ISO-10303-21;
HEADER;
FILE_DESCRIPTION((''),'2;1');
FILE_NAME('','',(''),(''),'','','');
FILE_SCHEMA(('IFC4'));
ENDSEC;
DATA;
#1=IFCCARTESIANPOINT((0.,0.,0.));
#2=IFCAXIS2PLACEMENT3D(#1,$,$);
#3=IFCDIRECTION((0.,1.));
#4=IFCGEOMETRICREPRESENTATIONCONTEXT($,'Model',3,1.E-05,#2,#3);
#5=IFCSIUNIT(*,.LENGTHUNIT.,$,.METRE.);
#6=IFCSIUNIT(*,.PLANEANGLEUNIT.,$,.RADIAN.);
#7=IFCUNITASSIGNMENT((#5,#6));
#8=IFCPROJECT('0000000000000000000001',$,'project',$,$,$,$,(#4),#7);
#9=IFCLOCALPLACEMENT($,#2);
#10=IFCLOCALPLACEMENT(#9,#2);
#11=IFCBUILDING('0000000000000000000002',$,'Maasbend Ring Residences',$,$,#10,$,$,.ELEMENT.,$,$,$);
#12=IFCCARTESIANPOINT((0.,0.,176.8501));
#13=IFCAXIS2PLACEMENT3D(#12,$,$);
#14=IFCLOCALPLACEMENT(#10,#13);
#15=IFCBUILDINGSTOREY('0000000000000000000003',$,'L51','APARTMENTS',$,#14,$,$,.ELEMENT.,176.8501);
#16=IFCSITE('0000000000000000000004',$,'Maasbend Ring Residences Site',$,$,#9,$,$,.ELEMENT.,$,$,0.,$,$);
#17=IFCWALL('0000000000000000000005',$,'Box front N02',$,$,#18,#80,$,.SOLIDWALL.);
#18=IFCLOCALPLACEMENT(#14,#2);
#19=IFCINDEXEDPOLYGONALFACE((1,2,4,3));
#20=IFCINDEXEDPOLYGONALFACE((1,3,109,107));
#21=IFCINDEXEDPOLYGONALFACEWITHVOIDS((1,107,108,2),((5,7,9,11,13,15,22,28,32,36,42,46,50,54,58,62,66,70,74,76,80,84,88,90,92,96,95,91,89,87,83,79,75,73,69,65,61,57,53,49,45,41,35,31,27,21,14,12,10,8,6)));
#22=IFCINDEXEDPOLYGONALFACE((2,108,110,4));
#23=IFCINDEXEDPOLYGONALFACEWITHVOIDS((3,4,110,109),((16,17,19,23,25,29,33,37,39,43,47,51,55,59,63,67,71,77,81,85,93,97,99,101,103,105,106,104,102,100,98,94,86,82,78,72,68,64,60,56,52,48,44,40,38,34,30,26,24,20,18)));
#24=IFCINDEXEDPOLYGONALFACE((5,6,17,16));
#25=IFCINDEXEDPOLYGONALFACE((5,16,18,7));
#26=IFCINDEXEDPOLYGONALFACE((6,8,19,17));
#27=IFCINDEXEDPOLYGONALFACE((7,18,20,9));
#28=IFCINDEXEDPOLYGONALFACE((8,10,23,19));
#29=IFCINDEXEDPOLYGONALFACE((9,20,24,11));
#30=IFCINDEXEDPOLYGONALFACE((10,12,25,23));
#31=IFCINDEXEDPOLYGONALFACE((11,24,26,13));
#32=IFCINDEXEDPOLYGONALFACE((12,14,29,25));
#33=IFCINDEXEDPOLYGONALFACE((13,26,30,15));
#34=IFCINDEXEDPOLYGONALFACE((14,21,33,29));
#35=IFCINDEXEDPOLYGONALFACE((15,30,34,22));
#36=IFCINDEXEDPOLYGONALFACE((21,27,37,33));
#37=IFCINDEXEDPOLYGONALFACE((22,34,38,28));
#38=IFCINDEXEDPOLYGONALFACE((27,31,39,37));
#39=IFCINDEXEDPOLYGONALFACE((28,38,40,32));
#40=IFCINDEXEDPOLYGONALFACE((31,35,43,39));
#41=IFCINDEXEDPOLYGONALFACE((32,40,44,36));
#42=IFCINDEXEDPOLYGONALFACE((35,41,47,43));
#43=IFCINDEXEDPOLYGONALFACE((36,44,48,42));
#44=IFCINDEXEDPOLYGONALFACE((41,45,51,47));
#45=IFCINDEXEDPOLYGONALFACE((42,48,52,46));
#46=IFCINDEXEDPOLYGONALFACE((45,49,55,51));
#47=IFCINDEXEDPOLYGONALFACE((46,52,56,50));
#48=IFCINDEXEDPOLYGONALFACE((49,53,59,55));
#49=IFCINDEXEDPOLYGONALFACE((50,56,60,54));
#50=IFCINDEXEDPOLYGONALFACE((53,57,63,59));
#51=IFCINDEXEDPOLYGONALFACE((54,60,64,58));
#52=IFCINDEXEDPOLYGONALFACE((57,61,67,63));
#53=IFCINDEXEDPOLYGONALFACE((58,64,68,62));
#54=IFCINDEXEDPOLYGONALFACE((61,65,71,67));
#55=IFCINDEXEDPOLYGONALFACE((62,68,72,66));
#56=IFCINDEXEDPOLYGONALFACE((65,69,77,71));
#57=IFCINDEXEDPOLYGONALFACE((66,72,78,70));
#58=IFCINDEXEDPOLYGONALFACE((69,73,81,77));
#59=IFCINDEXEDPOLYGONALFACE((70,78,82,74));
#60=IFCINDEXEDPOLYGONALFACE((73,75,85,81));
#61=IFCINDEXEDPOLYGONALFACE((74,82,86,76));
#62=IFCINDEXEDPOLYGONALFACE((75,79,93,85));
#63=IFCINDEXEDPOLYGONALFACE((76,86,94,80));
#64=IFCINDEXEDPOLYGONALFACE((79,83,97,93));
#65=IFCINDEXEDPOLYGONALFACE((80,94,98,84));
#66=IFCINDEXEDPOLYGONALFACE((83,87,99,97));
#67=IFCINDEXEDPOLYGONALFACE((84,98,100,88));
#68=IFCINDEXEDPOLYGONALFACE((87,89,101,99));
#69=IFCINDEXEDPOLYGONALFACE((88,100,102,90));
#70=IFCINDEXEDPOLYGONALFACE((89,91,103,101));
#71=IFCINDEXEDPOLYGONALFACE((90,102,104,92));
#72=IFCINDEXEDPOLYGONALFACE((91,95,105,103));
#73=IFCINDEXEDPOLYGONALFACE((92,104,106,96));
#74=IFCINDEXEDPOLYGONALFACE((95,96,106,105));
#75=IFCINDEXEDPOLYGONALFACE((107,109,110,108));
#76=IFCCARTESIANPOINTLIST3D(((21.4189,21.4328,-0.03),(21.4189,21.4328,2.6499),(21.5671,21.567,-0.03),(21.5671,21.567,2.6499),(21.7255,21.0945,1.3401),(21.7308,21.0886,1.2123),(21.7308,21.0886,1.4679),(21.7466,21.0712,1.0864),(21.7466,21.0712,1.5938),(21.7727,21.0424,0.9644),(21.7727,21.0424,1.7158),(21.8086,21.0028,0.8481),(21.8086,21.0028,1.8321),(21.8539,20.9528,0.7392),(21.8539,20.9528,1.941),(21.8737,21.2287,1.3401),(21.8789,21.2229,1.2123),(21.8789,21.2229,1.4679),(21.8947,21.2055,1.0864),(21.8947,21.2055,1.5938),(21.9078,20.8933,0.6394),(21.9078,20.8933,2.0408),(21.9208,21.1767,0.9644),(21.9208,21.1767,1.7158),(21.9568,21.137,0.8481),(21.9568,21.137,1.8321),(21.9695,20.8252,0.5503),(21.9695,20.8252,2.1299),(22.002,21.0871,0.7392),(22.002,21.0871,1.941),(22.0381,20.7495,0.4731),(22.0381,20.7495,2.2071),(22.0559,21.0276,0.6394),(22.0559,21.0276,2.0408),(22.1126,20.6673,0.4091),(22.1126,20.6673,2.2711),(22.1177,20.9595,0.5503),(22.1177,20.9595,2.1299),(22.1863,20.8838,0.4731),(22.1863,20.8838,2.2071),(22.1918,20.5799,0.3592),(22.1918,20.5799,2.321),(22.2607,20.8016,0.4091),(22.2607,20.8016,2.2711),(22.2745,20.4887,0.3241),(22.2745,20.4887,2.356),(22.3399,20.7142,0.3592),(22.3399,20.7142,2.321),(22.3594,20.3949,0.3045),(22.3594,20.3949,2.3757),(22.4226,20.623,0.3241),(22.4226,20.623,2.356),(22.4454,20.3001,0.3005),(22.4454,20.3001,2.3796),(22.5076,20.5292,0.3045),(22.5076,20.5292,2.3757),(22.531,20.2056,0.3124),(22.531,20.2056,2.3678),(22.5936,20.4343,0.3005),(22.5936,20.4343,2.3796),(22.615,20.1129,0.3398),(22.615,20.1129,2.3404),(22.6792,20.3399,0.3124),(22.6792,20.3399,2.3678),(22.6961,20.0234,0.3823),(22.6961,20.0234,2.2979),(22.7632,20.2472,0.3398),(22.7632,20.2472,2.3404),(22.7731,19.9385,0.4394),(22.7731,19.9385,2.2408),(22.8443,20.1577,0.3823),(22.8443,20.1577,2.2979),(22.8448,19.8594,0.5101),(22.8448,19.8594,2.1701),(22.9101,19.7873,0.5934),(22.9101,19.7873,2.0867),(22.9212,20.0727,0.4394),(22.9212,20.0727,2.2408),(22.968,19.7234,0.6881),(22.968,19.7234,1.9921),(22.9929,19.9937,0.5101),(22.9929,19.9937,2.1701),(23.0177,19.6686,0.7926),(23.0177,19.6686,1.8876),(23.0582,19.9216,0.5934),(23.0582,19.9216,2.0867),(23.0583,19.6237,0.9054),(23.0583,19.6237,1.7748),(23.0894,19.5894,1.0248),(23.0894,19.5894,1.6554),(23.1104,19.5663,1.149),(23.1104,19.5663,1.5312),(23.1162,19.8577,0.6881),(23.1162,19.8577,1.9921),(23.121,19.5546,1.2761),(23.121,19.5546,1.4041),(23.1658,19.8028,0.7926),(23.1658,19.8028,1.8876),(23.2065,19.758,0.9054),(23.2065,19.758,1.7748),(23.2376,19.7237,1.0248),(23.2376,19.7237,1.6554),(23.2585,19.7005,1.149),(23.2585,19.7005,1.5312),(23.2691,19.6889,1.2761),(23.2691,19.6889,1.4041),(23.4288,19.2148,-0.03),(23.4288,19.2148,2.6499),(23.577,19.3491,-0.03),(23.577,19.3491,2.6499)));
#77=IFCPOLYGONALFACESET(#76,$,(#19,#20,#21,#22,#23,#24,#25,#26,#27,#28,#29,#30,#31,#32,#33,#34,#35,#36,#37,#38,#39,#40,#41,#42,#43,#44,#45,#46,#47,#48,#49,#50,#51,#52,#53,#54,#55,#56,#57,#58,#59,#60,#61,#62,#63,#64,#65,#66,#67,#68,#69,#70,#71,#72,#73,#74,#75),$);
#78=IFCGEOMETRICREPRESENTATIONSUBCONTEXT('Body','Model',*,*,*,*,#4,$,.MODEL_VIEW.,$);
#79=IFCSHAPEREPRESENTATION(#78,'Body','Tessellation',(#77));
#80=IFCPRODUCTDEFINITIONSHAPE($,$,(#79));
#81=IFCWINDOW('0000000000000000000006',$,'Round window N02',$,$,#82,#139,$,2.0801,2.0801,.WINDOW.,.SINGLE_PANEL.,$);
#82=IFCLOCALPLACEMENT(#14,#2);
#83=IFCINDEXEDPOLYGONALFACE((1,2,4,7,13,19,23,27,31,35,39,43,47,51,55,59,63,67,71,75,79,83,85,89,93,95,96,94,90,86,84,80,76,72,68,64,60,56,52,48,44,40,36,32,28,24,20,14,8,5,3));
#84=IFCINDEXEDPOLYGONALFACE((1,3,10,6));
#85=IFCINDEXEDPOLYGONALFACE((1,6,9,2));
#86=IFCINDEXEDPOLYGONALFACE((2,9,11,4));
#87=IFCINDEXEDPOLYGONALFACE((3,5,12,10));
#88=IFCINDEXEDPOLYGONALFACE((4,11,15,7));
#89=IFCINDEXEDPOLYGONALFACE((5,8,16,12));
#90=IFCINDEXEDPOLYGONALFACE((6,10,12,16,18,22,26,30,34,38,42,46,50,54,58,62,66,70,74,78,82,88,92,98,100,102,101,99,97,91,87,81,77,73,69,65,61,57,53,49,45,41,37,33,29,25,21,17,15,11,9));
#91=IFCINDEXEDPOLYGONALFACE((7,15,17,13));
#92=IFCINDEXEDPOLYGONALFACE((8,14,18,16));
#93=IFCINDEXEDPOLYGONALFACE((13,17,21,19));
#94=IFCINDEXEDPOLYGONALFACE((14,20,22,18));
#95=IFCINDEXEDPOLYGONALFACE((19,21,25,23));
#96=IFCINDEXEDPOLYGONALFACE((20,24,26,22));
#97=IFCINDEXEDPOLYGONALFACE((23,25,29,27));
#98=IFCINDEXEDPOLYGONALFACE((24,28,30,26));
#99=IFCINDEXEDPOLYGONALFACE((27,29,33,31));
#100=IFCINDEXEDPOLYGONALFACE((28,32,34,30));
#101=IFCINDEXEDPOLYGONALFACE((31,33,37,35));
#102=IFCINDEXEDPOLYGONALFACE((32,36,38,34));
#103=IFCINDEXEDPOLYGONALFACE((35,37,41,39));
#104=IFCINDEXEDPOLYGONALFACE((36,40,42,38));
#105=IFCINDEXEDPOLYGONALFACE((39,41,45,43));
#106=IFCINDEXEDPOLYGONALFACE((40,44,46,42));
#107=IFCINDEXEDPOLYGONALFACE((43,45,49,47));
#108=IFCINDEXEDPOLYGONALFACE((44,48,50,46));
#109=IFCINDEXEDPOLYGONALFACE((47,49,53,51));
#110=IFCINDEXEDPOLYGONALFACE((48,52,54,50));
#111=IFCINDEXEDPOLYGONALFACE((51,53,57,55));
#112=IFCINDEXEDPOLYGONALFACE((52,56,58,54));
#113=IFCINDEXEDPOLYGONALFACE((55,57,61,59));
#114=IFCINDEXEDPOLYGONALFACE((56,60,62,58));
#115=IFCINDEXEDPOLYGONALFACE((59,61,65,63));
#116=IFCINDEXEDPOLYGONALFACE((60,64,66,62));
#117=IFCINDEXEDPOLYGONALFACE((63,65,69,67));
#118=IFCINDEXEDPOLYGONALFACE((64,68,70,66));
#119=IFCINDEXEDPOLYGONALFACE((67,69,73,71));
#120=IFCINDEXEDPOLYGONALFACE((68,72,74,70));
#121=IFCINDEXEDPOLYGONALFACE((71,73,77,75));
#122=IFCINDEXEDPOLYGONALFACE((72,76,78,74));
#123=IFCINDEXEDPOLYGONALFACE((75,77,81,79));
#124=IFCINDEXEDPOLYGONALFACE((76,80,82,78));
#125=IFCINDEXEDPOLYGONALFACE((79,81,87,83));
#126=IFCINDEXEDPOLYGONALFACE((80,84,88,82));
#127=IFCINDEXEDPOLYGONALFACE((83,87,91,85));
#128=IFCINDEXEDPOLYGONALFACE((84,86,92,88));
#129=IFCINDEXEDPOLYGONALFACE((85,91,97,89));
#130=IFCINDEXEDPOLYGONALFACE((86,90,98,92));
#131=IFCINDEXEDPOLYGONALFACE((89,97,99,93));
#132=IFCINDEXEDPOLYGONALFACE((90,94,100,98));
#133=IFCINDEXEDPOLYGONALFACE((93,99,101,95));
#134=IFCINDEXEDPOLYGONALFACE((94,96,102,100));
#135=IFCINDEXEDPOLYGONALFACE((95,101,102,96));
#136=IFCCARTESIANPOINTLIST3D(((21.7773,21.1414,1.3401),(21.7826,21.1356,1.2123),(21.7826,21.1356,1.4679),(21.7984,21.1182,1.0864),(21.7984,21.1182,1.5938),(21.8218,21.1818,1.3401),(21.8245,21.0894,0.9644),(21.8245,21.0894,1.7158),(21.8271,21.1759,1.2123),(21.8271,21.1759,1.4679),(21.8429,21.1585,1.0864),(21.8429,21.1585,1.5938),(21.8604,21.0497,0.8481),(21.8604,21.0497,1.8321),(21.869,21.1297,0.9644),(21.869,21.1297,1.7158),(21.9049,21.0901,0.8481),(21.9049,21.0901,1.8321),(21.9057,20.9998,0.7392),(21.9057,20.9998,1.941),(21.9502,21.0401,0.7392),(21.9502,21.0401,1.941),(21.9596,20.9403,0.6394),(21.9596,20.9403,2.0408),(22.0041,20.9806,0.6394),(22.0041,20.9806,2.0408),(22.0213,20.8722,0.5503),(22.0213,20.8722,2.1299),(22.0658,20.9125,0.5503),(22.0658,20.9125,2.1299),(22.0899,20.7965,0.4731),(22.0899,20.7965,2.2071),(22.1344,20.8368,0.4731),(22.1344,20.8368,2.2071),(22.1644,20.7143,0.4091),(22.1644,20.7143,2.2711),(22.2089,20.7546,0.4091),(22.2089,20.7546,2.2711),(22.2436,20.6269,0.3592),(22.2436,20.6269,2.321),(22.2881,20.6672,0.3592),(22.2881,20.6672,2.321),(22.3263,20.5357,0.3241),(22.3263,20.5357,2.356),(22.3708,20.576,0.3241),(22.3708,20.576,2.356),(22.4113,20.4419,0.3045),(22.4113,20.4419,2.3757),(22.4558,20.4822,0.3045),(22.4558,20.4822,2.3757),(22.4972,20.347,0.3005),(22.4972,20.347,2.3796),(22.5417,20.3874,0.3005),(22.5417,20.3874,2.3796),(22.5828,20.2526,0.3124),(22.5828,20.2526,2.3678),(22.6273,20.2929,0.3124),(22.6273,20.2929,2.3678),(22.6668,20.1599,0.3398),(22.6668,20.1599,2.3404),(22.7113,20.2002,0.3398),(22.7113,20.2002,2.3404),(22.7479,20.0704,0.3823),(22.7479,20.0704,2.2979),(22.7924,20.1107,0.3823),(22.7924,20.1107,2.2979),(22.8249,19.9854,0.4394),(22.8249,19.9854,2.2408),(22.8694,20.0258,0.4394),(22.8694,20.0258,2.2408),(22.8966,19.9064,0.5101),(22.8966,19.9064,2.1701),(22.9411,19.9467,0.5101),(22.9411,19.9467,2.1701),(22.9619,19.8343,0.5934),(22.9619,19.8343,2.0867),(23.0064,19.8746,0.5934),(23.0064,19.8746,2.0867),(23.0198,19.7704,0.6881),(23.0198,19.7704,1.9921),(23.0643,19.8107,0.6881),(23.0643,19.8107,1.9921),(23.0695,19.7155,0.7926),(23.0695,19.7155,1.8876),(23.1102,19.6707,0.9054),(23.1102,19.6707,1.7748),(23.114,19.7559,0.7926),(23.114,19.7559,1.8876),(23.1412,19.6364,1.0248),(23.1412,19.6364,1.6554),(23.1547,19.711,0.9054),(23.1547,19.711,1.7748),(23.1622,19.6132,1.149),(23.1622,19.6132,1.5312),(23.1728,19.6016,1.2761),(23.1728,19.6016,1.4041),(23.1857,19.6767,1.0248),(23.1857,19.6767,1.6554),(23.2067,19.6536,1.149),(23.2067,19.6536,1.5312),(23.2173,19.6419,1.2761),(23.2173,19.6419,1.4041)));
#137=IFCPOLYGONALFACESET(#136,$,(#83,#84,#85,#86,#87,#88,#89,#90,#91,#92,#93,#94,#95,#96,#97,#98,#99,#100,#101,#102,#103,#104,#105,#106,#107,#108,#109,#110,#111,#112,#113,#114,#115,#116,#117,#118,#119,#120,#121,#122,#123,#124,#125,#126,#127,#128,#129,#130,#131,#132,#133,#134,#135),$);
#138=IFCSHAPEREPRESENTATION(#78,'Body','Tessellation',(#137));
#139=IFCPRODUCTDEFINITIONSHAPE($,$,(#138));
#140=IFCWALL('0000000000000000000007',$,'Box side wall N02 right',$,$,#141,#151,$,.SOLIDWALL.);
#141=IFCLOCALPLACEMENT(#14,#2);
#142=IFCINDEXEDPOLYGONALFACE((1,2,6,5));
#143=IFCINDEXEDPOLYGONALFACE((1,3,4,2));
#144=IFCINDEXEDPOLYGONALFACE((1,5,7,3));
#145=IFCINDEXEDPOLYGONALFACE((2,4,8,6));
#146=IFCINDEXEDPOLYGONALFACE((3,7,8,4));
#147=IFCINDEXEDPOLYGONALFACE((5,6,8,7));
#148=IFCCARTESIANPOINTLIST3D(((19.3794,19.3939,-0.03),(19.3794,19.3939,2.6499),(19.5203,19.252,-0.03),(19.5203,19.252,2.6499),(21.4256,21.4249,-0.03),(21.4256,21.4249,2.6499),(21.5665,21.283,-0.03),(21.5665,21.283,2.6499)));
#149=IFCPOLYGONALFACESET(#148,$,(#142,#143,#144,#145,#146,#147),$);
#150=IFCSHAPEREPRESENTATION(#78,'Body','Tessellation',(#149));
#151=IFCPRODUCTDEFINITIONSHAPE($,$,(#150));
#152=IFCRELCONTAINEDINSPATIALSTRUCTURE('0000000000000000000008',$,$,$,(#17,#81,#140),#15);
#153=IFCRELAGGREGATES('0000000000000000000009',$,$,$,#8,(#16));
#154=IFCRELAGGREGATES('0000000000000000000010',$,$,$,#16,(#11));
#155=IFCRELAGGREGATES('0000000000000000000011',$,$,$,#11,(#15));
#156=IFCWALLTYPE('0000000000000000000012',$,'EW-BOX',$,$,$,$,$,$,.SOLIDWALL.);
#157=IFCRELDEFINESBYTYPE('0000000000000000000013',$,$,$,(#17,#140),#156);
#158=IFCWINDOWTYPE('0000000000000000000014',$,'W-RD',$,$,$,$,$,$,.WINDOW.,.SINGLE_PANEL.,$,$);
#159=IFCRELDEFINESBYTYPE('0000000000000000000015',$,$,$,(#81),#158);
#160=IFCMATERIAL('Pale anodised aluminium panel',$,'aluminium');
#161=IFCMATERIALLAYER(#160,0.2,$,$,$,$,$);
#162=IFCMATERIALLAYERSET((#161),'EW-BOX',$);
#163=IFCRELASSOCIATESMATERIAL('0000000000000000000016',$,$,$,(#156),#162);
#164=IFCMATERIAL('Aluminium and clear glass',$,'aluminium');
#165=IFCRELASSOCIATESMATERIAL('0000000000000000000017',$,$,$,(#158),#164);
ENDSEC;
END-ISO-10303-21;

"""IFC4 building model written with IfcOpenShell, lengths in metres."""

from ifc_helpers import new_model, si_unit, direction, frame, frame_2d, origin, place, context, subcontext, project, spatial, rectangle, circle, extrude, material, layer, layer_set, type_object, element, fill, save


model = new_model("IFC4")

# Units and contexts
model_context = context("Model", 3, precision=1e-05, world=origin(), true_north=direction((0.0, 1.0)))
body_context = subcontext(model_context, "Body", "Model", "MODEL_VIEW")
ifc_project = project(units=[si_unit("LENGTHUNIT", "METRE"), si_unit("PLANEANGLEUNIT", "RADIAN")], contexts=[model_context])

# Site, building, storey
site_placement = place(None, origin())
site = spatial("IfcSite", under=ifc_project, at=site_placement, Name="Maasbend Ring Residences Site", CompositionType="ELEMENT", RefElevation=0.0)
building_placement = place(site_placement, origin())
building = spatial("IfcBuilding", under=site, at=building_placement, Name="Maasbend Ring Residences", CompositionType="ELEMENT")
storey_placement = place(building_placement, frame((0.0, 0.0, 176.8501)))
storey = spatial("IfcBuildingStorey", under=building, at=storey_placement, Name="L51", Description="APARTMENTS", CompositionType="ELEMENT", Elevation=176.8501)

# Wall, opening, window
ifc_material_1 = material(Name="Pale anodised aluminium panel", Category="aluminium")
ifc_layer_1 = layer(ifc_material_1, 0.2)
ifc_layer_set_1 = layer_set([ifc_layer_1], Name="EW-BOX")
wall_type_1 = type_object("IfcWallType", Name="EW-BOX", PredefinedType="SOLIDWALL", material=ifc_layer_set_1)
wall_1_placement = place(storey_placement, frame((23.5029, 19.282, -0.03), z_axis=(0.0, 0.0, 1.0), x_axis=(-0.671507, 0.740998, 0.0)))
wall_1 = element("IfcWall", 1, at=wall_1_placement, inside=storey, type_object=wall_type_1, Name="Box front N02", PredefinedType="SOLIDWALL", context=body_context, shape_type="SweptSolid", body=[
    extrude(rectangle(XDim=2.9932, YDim=0.2, at=frame_2d((1.4966, 0.0))), origin(), (0.0, 0.0, 1.0), 2.6799),
])
opening_1_placement = place(wall_1_placement, frame((0.4565, 0.0, 0.3301)))
opening_1 = element("IfcOpeningElement", 2, at=opening_1_placement, cuts=wall_1, PredefinedType="OPENING", context=body_context, shape_type="SweptSolid", body=[
    extrude(circle(Radius=1.04, at=frame_2d((1.04, 1.04))), frame((0.0, 0.1099, 0.0), z_axis=(0.0, -1.0, 0.0), x_axis=(1.0, 0.0, 0.0)), (0.0, 0.0, 1.0), 0.22),
])
ifc_material_2 = material(Name="Aluminium and clear glass", Category="aluminium")
window_type_1 = type_object("IfcWindowType", Name="W-RD", PartitioningType="SINGLE_PANEL", PredefinedType="WINDOW", material=ifc_material_2)
window_1_placement = place(opening_1_placement, origin())
window_1 = element("IfcWindow", 3, at=window_1_placement, inside=storey, type_object=window_type_1, Name="Round window N02", OverallHeight=2.0801, OverallWidth=2.0801, PartitioningType="SINGLE_PANEL", PredefinedType="WINDOW", context=body_context, shape_type="SweptSolid", body=[
    extrude(circle(Radius=1.04, at=frame_2d((1.04, 1.04))), frame((0.0, 0.03, 0.0), z_axis=(0.0, -1.0, 0.0), x_axis=(1.0, 0.0, 0.0)), (0.0, 0.0, 1.0), 0.0601),
])
fill(opening_1, window_1)

# Wall
wall_2_placement = place(storey_placement, frame((19.45, 19.323, -0.03), z_axis=(0.0, 0.0, 1.0), x_axis=(0.709727, 0.704477, 0.0)))
element("IfcWall", 4, at=wall_2_placement, inside=storey, type_object=wall_type_1, Name="Box side wall N02 right", PredefinedType="SOLIDWALL", context=body_context, shape_type="SweptSolid", body=[
    extrude(rectangle(XDim=2.8831, YDim=0.2, at=frame_2d((1.4414, 0.0))), origin(), (0.0, 0.0, 1.0), 2.6799),
])

save(model, "model.ifc")
